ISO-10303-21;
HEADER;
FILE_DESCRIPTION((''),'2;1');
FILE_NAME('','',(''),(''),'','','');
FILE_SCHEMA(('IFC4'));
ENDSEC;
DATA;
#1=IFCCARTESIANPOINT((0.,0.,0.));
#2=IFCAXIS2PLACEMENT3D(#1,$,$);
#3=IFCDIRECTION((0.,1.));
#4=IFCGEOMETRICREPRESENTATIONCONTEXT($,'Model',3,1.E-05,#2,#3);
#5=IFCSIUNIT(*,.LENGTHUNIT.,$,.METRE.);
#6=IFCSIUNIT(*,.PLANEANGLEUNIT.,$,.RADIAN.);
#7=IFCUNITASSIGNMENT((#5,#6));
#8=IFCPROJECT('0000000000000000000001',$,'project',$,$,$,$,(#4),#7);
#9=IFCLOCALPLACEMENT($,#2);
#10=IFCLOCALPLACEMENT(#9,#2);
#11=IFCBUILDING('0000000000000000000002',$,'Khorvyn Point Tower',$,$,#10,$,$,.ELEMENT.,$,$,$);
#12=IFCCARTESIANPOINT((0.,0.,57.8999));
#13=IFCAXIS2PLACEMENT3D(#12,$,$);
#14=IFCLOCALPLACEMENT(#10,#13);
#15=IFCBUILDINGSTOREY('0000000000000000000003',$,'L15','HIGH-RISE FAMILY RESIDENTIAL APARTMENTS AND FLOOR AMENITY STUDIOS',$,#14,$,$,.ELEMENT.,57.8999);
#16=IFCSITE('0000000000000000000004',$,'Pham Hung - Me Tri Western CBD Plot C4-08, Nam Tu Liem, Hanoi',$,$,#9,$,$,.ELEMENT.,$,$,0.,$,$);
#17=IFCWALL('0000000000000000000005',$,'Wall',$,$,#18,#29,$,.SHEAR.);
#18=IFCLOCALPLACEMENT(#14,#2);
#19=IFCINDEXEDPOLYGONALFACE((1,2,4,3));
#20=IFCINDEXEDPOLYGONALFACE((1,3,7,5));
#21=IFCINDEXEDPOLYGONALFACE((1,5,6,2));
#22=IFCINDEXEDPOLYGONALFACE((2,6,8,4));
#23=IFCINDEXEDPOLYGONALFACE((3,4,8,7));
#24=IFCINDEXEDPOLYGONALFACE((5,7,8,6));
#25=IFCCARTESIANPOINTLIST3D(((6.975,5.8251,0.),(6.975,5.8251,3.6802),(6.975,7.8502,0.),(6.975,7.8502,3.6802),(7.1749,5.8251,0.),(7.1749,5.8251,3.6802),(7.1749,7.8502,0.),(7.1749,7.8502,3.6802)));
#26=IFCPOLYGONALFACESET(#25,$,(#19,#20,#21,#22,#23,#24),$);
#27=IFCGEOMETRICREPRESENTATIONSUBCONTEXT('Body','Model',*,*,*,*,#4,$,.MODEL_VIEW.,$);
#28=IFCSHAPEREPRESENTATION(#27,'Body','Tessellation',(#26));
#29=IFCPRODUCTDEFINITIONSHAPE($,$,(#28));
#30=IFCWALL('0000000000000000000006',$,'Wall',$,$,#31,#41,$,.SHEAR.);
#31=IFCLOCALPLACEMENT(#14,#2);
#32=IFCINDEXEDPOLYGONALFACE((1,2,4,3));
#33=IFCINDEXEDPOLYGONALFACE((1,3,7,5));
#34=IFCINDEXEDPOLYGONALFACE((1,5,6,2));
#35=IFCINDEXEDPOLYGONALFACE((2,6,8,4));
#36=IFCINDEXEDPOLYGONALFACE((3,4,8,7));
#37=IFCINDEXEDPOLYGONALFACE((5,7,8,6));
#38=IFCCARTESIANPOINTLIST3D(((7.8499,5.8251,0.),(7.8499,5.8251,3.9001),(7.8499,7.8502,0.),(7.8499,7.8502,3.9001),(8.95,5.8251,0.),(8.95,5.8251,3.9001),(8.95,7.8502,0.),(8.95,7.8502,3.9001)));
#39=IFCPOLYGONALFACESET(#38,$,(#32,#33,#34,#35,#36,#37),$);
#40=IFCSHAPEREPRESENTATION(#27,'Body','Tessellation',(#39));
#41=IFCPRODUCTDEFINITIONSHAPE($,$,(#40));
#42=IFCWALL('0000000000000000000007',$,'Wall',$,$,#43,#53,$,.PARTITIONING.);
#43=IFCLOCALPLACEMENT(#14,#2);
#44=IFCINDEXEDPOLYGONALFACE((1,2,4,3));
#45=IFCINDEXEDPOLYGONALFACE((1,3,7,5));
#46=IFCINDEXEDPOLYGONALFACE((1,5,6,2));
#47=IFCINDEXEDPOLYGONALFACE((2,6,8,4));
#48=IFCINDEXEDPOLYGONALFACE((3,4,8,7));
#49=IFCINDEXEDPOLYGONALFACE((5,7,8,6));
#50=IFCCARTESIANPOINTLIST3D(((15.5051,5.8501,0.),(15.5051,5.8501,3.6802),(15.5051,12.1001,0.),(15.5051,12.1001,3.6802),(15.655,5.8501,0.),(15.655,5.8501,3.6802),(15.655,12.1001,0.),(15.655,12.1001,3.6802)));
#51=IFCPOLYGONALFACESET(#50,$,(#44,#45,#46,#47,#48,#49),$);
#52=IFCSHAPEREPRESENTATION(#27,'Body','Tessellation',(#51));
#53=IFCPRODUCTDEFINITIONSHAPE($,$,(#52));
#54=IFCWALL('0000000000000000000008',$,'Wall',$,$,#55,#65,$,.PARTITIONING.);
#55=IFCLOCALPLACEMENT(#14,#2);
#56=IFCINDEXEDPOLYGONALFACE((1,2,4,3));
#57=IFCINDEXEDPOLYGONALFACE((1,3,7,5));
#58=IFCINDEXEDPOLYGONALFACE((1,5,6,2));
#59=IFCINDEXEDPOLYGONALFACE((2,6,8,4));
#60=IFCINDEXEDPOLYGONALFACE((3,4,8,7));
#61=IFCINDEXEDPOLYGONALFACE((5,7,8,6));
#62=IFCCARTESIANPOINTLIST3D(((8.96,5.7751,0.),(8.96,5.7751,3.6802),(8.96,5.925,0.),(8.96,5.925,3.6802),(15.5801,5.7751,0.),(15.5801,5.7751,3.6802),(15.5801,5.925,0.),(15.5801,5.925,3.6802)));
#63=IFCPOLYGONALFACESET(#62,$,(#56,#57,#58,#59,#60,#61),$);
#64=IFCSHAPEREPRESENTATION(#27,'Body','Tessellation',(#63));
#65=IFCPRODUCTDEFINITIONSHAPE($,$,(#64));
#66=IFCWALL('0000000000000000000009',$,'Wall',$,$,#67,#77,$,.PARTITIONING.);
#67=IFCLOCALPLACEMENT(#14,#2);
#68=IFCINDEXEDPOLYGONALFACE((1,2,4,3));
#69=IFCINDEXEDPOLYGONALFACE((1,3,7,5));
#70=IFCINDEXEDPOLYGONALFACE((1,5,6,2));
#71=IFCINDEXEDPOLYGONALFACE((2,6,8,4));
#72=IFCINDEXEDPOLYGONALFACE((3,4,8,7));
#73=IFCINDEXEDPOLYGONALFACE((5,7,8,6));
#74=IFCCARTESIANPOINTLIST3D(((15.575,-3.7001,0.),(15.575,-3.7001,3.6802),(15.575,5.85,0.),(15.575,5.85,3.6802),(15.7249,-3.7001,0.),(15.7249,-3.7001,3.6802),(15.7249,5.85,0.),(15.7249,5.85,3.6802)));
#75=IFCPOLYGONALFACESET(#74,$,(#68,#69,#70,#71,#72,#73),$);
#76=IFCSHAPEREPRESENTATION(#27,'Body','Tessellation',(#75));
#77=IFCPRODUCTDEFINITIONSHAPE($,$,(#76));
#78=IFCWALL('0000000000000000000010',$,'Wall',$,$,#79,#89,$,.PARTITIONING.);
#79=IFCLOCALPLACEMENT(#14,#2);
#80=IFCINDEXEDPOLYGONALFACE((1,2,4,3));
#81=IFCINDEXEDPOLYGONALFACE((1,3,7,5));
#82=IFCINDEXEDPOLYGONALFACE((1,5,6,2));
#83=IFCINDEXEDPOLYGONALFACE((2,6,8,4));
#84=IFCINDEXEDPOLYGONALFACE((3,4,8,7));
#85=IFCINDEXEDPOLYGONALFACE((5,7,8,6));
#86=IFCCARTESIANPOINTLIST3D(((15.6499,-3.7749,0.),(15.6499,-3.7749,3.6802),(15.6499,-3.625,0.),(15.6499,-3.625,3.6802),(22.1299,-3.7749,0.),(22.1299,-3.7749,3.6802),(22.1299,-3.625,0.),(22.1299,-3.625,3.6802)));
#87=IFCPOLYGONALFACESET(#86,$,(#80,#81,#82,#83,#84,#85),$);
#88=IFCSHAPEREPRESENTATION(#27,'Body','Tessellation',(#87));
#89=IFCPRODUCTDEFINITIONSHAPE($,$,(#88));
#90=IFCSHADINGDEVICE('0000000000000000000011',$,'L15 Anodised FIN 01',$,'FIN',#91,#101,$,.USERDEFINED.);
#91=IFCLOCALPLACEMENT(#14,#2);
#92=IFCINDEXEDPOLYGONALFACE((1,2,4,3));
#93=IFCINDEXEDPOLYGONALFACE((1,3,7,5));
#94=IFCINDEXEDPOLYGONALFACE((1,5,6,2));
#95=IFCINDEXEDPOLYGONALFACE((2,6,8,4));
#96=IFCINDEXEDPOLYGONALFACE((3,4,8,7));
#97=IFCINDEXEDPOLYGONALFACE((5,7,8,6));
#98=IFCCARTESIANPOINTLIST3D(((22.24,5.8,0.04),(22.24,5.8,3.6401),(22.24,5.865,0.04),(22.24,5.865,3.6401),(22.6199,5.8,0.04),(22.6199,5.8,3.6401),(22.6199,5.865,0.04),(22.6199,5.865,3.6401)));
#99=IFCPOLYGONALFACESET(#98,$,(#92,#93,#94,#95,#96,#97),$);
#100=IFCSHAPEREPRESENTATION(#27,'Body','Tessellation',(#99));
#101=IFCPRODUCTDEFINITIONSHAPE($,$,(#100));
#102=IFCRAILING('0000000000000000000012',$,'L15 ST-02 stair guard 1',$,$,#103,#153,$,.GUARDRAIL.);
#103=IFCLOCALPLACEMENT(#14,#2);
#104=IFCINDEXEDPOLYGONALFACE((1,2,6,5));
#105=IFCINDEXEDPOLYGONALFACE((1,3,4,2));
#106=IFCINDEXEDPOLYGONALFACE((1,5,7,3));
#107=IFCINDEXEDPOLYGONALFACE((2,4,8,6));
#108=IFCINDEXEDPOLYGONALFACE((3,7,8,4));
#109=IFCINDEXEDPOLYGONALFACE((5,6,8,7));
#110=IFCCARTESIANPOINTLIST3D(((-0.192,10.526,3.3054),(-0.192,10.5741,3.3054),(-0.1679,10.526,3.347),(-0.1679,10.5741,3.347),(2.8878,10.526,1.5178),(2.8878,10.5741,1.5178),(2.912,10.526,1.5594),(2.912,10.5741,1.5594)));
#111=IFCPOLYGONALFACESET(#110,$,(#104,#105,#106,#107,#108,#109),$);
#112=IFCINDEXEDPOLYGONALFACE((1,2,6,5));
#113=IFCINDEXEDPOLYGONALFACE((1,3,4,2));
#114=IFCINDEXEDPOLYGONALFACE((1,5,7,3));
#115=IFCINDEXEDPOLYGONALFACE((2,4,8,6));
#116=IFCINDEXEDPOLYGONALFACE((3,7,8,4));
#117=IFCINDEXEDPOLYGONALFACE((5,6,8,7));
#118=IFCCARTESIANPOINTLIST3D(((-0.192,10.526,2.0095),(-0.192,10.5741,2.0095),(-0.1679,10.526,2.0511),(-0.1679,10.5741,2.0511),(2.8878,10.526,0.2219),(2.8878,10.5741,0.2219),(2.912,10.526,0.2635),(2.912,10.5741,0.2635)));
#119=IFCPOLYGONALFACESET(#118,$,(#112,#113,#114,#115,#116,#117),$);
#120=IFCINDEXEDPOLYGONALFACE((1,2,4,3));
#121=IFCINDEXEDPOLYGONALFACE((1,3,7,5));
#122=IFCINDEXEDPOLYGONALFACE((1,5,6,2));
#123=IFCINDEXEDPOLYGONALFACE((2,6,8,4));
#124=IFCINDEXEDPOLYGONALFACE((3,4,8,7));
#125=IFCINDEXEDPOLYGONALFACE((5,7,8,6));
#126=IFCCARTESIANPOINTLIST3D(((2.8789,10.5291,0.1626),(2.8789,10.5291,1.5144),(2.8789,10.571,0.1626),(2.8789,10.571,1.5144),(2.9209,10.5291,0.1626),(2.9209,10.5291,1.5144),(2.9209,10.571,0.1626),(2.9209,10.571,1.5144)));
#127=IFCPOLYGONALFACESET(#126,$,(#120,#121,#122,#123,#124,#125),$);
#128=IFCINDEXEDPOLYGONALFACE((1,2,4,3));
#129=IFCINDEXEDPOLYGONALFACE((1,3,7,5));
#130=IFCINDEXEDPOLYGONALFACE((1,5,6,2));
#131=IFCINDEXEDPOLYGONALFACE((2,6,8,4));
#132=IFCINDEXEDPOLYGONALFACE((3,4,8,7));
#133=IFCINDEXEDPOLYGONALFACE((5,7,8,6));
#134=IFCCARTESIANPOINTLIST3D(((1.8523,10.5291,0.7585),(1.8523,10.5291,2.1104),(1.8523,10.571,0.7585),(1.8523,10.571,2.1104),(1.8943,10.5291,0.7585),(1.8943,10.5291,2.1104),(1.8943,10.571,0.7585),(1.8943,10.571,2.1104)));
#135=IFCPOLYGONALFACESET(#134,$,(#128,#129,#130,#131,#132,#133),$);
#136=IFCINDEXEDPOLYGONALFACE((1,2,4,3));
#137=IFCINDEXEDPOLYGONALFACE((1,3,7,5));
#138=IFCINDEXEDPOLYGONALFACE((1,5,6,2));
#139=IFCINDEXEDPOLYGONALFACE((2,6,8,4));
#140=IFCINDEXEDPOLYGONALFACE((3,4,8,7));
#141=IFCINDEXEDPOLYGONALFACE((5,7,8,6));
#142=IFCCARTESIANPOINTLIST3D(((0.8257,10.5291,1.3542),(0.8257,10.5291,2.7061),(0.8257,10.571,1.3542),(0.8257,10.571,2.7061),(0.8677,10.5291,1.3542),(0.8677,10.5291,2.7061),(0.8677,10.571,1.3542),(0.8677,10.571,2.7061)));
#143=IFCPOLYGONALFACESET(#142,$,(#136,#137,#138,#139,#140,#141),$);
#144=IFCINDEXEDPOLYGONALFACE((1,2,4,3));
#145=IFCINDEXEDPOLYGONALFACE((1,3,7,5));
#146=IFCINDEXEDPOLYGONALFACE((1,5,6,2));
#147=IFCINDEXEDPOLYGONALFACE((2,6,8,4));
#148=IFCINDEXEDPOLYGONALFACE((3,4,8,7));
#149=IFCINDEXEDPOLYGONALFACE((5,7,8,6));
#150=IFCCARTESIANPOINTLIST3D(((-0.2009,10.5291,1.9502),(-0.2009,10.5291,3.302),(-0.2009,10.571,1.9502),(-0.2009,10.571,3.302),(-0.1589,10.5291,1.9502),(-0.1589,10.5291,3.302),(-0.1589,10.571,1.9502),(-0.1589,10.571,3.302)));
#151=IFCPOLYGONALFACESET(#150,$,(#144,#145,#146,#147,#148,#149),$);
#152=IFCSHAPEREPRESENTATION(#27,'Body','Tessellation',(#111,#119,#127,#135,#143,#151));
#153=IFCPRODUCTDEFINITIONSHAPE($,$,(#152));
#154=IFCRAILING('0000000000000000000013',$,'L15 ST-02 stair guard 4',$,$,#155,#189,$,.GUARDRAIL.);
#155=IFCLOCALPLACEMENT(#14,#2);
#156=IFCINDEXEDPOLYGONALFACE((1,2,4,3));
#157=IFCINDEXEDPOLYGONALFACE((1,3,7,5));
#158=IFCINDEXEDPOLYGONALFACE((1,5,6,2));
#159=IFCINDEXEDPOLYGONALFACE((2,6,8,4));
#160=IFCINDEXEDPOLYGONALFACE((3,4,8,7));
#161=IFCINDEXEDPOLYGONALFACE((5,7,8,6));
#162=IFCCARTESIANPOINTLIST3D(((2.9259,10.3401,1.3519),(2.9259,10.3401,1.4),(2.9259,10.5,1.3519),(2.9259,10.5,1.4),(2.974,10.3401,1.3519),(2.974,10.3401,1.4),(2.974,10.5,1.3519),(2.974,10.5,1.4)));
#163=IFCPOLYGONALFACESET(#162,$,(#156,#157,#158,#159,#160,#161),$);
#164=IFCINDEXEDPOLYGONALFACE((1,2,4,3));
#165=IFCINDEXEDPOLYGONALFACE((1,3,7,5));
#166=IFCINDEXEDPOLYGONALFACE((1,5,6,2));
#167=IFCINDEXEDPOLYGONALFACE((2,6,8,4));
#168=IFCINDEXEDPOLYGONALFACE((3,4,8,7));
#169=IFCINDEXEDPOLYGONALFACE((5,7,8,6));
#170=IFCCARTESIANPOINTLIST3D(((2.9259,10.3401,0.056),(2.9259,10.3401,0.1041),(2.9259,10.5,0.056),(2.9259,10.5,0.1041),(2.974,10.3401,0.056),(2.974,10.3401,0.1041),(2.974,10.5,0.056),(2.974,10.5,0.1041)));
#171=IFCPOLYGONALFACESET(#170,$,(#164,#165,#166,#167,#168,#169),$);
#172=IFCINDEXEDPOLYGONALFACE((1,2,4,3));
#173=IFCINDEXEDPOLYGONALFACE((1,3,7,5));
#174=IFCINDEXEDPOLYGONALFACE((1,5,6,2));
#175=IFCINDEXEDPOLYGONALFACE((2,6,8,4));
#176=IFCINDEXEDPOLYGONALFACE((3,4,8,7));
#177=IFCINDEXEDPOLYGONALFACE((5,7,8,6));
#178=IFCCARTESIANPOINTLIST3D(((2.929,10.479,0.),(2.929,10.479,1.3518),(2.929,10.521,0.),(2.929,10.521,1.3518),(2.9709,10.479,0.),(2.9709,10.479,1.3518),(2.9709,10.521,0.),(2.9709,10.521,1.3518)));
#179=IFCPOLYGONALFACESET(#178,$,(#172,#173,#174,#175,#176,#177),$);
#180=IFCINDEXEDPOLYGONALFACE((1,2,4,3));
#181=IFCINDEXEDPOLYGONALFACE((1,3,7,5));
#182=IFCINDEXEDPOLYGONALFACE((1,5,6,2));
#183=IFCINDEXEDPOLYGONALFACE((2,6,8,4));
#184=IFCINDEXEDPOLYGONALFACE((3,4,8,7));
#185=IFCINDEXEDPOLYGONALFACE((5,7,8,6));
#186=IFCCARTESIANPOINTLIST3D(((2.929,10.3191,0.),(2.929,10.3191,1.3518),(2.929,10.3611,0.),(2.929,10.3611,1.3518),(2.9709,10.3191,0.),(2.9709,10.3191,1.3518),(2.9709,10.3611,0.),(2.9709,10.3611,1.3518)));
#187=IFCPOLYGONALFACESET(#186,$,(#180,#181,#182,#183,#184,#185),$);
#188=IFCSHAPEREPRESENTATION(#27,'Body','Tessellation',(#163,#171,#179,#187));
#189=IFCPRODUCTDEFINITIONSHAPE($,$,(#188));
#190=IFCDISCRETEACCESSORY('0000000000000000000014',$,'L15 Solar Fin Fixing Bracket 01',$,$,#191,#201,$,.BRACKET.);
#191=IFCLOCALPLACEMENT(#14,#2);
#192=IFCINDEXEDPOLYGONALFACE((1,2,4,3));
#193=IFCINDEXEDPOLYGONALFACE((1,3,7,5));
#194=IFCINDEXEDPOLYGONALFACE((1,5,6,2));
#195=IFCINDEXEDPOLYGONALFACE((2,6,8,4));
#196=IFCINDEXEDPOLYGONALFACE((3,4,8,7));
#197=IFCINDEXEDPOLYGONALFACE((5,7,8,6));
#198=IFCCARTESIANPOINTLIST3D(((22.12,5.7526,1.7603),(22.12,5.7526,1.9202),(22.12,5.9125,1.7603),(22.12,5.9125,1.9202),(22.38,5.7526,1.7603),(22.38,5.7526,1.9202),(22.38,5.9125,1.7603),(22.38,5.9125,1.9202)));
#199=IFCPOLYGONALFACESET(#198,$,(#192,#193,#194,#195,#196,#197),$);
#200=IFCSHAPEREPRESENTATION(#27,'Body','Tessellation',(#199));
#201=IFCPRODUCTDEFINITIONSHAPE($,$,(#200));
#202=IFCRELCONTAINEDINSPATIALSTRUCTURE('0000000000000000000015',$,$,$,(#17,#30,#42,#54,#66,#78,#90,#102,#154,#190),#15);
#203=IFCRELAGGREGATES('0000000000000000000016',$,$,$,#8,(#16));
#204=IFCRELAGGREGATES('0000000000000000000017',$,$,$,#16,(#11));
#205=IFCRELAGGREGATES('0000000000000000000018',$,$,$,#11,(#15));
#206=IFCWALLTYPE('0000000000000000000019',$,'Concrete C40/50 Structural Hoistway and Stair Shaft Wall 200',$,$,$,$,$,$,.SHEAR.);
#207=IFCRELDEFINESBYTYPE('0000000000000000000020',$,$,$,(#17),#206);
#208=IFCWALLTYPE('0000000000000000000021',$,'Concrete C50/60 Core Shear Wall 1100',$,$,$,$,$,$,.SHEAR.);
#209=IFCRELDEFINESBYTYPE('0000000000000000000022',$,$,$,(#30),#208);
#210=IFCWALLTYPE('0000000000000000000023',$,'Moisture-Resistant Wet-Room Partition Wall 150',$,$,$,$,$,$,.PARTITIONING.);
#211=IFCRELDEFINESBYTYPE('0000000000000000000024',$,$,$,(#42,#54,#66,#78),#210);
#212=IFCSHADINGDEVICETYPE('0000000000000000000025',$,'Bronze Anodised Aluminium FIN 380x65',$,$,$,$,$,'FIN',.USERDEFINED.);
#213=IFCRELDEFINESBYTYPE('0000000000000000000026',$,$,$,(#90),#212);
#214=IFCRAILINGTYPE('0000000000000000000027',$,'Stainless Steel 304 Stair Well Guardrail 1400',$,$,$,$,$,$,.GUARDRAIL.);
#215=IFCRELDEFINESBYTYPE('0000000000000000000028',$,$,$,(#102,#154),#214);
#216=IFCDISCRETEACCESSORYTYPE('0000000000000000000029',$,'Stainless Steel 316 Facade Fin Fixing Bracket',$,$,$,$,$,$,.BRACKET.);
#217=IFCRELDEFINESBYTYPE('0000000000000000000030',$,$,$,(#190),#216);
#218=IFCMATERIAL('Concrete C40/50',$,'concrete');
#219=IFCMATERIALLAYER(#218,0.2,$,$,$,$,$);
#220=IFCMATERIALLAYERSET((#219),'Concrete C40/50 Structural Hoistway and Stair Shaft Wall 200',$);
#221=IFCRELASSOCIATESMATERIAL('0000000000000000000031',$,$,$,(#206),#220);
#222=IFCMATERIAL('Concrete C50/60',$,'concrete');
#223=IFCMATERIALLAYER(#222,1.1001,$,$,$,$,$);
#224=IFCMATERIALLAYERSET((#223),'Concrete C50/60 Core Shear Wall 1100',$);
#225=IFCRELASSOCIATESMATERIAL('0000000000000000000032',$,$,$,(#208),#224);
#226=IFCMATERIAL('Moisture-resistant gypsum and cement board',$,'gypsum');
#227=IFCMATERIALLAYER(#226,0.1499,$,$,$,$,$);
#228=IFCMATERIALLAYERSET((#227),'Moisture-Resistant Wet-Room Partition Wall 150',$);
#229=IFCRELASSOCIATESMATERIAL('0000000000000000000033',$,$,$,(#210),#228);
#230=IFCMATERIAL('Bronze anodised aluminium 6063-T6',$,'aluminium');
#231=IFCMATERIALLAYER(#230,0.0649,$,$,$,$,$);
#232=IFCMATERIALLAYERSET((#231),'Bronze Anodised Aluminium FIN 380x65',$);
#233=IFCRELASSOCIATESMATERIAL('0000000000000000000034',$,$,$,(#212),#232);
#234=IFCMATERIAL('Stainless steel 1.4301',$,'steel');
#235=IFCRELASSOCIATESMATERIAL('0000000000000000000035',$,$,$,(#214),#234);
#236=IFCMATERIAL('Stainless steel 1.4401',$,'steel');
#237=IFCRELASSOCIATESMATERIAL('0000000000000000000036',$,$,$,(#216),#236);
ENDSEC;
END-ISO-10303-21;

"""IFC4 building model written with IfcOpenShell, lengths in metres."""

from ifc_helpers import new_model, si_unit, direction, frame, frame_2d, origin, origin_2d, place, context, subcontext, project, spatial, rectangle, extrude, material, layer, layer_set, type_object, element, save


model = new_model("IFC4")

# Units and contexts
model_context = context("Model", 3, precision=1e-05, world=origin(), true_north=direction((0.0, 1.0)))
body_context = subcontext(model_context, "Body", "Model", "MODEL_VIEW")
ifc_project = project(units=[si_unit("LENGTHUNIT", "METRE"), si_unit("PLANEANGLEUNIT", "RADIAN")], contexts=[model_context])

# Site, building, storey
site_placement = place(None, origin())
site = spatial("IfcSite", under=ifc_project, at=site_placement, Name="Pham Hung - Me Tri Western CBD Plot C4-08, Nam Tu Liem, Hanoi", CompositionType="ELEMENT", RefElevation=0.0)
building_placement = place(site_placement, origin())
building = spatial("IfcBuilding", under=site, at=building_placement, Name="Khorvyn Point Tower", CompositionType="ELEMENT")
storey_placement = place(building_placement, frame((0.0, 0.0, 57.8999)))
storey = spatial("IfcBuildingStorey", under=building, at=storey_placement, Name="L15", Description="HIGH-RISE FAMILY RESIDENTIAL APARTMENTS AND FLOOR AMENITY STUDIOS", CompositionType="ELEMENT", Elevation=57.8999)

# Shared definitions
ifc_material_1 = material(Name="Concrete C50/60", Category="concrete")

# Shared definitions
ifc_material_2 = material(Name="Concrete C40/50", Category="concrete")

# Shared definitions
ifc_layer_1 = layer(ifc_material_2, 0.2)
ifc_layer_set_1 = layer_set([ifc_layer_1], Name="Concrete C40/50 Structural Hoistway and Stair Shaft Wall 200")
wall_type_1 = type_object("IfcWallType", Name="Concrete C40/50 Structural Hoistway and Stair Shaft Wall 200", PredefinedType="SHEAR", material=ifc_layer_set_1)
ifc_material_3 = material(Name="Stainless steel 1.4301", Category="steel")

# Walls
wall_1_placement = place(storey_placement, frame((7.075, 5.825, 0.0), z_axis=(0.0, 0.0, 1.0), x_axis=(0.0, 1.0, 0.0)))
element("IfcWall", 1, at=wall_1_placement, inside=storey, type_object=wall_type_1, Name="Wall", PredefinedType="SHEAR", context=body_context, shape_type="SweptSolid", body=[
    extrude(rectangle(XDim=2.0251, YDim=0.2, at=frame_2d((1.0127, 0.0))), origin(), (0.0, 0.0, 1.0), 3.6802),
])
ifc_layer_2 = layer(ifc_material_1, 1.1001)
ifc_layer_set_2 = layer_set([ifc_layer_2], Name="Concrete C50/60 Core Shear Wall 1100")
wall_type_2 = type_object("IfcWallType", Name="Concrete C50/60 Core Shear Wall 1100", PredefinedType="SHEAR", material=ifc_layer_set_2)
wall_2_placement = place(storey_placement, frame((8.3999, 5.825, 0.0), z_axis=(0.0, 0.0, 1.0), x_axis=(0.0, 1.0, 0.0)))
element("IfcWall", 2, at=wall_2_placement, inside=storey, type_object=wall_type_2, Name="Wall", PredefinedType="SHEAR", context=body_context, shape_type="SweptSolid", body=[
    extrude(rectangle(XDim=2.0251, YDim=1.1001, at=frame_2d((1.0127, 0.0))), origin(), (0.0, 0.0, 1.0), 3.9001),
])
ifc_material_4 = material(Name="Moisture-resistant gypsum and cement board", Category="gypsum")
ifc_layer_3 = layer(ifc_material_4, 0.1499)
ifc_layer_set_3 = layer_set([ifc_layer_3], Name="Moisture-Resistant Wet-Room Partition Wall 150")
wall_type_3 = type_object("IfcWallType", Name="Moisture-Resistant Wet-Room Partition Wall 150", PredefinedType="PARTITIONING", material=ifc_layer_set_3)
wall_3_placement = place(storey_placement, frame((15.5801, 5.8501, 0.0), z_axis=(0.0, 0.0, 1.0), x_axis=(0.0, 1.0, 0.0)))
element("IfcWall", 3, at=wall_3_placement, inside=storey, type_object=wall_type_3, Name="Wall", PredefinedType="PARTITIONING", context=body_context, shape_type="SweptSolid", body=[
    extrude(rectangle(XDim=6.25, YDim=0.1499, at=frame_2d((3.125, 0.0))), origin(), (0.0, 0.0, 1.0), 3.6802),
])
wall_4_placement = place(storey_placement, frame((8.96, 5.8501, 0.0), z_axis=(0.0, 0.0, 1.0), x_axis=(1.0, 0.0, 0.0)))
element("IfcWall", 4, at=wall_4_placement, inside=storey, type_object=wall_type_3, Name="Wall", PredefinedType="PARTITIONING", context=body_context, shape_type="SweptSolid", body=[
    extrude(rectangle(XDim=6.6201, YDim=0.1499, at=frame_2d((3.3101, 0.0))), origin(), (0.0, 0.0, 1.0), 3.6802),
])
wall_5_placement = place(storey_placement, frame((15.6499, -3.7, 0.0), z_axis=(0.0, 0.0, 1.0), x_axis=(0.0, 1.0, 0.0)))
element("IfcWall", 5, at=wall_5_placement, inside=storey, type_object=wall_type_3, Name="Wall", PredefinedType="PARTITIONING", context=body_context, shape_type="SweptSolid", body=[
    extrude(rectangle(XDim=9.55, YDim=0.1499, at=frame_2d((4.7749, 0.0))), origin(), (0.0, 0.0, 1.0), 3.6802),
])
wall_6_placement = place(storey_placement, frame((15.6499, -3.7, 0.0), z_axis=(0.0, 0.0, 1.0), x_axis=(1.0, 0.0, 0.0)))
element("IfcWall", 6, at=wall_6_placement, inside=storey, type_object=wall_type_3, Name="Wall", PredefinedType="PARTITIONING", context=body_context, shape_type="SweptSolid", body=[
    extrude(rectangle(XDim=6.48, YDim=0.1499, at=frame_2d((3.24, 0.0))), origin(), (0.0, 0.0, 1.0), 3.6802),
])

# Shading device
ifc_material_5 = material(Name="Bronze anodised aluminium 6063-T6", Category="aluminium")
ifc_layer_4 = layer(ifc_material_5, 0.0649)
ifc_layer_set_4 = layer_set([ifc_layer_4], Name="Bronze Anodised Aluminium FIN 380x65")
shading_device_type = type_object("IfcShadingDeviceType", Name="Bronze Anodised Aluminium FIN 380x65", ElementType="FIN", PredefinedType="USERDEFINED", material=ifc_layer_set_4)
shading_device_placement = place(storey_placement, frame((22.4299, 5.8325, 0.04), z_axis=(0.0, 0.0, 1.0), x_axis=(1.0, 0.0, 0.0)))
element("IfcShadingDevice", 7, at=shading_device_placement, inside=storey, type_object=shading_device_type, Name="L15 Anodised FIN 01", ObjectType="FIN", PredefinedType="USERDEFINED", context=body_context, shape_type="SweptSolid", body=[
    extrude(rectangle(XDim=0.3799, YDim=0.0649, at=origin_2d()), origin(), (0.0, 0.0, 1.0), 3.6001),
])

# Railings
railing_type = type_object("IfcRailingType", Name="Stainless Steel 304 Stair Well Guardrail 1400", PredefinedType="GUARDRAIL", material=ifc_material_3)
railing_1_placement = place(storey_placement, frame((2.8999, 10.55, 0.1626)))
element("IfcRailing", 8, at=railing_1_placement, inside=storey, type_object=railing_type, Name="L15 ST-02 stair guard 1", PredefinedType="GUARDRAIL", context=body_context, shape_type="SweptSolid", body=[
    extrude(rectangle(XDim=0.0481, YDim=0.0481, at=origin_2d()), frame((0.0, 0.0, 1.376), z_axis=(-0.864873, 0.0, 0.50199), x_axis=(0.0, -1.0, 0.0)), (0.0, 0.0, 1.0), 3.561),
    extrude(rectangle(XDim=0.0481, YDim=0.0481, at=origin_2d()), frame((0.0, 0.0, 0.0801), z_axis=(-0.864873, 0.0, 0.50199), x_axis=(0.0, -1.0, 0.0)), (0.0, 0.0, 1.0), 3.561),
    extrude(rectangle(XDim=0.042, YDim=0.042, at=origin_2d()), origin(), (0.0, 0.0, 1.0), 1.3518),
    extrude(rectangle(XDim=0.042, YDim=0.042, at=origin_2d()), frame((-1.0266, 0.0, 0.5959)), (0.0, 0.0, 1.0), 1.3518),
    extrude(rectangle(XDim=0.042, YDim=0.042, at=origin_2d()), frame((-2.0532, 0.0, 1.1917)), (0.0, 0.0, 1.0), 1.3518),
    extrude(rectangle(XDim=0.042, YDim=0.042, at=origin_2d()), frame((-3.0798, 0.0, 1.7876)), (0.0, 0.0, 1.0), 1.3518),
])
railing_2_placement = place(storey_placement, frame((2.95, 10.5, 0.0)))
element("IfcRailing", 9, at=railing_2_placement, inside=storey, type_object=railing_type, Name="L15 ST-02 stair guard 4", PredefinedType="GUARDRAIL", context=body_context, shape_type="SweptSolid", body=[
    extrude(rectangle(XDim=0.0481, YDim=0.0481, at=origin_2d()), frame((0.0, 0.0, 1.376), z_axis=(0.0, -1.0, 0.0), x_axis=(1.0, 0.0, 0.0)), (0.0, 0.0, 1.0), 0.1599),
    extrude(rectangle(XDim=0.0481, YDim=0.0481, at=origin_2d()), frame((0.0, 0.0, 0.0801), z_axis=(0.0, -1.0, 0.0), x_axis=(1.0, 0.0, 0.0)), (0.0, 0.0, 1.0), 0.1599),
    extrude(rectangle(XDim=0.042, YDim=0.042, at=origin_2d()), origin(), (0.0, 0.0, 1.0), 1.3518),
    extrude(rectangle(XDim=0.042, YDim=0.042, at=origin_2d()), frame((0.0, -0.1599, 0.0)), (0.0, 0.0, 1.0), 1.3518),
])

# Discrete accessory
ifc_material_6 = material(Name="Stainless steel 1.4401", Category="steel")
discrete_accessory_type = type_object("IfcDiscreteAccessoryType", Name="Stainless Steel 316 Facade Fin Fixing Bracket", PredefinedType="BRACKET", material=ifc_material_6)
discrete_accessory_placement = place(storey_placement, frame((22.25, 5.8325, 1.7603), z_axis=(0.0, 0.0, 1.0), x_axis=(0.0, -1.0, 0.0)))
element("IfcDiscreteAccessory", 10, at=discrete_accessory_placement, inside=storey, type_object=discrete_accessory_type, Name="L15 Solar Fin Fixing Bracket 01", PredefinedType="BRACKET", context=body_context, shape_type="SweptSolid", body=[
    extrude(rectangle(XDim=0.1599, YDim=0.26, at=origin_2d()), origin(), (0.0, 0.0, 1.0), 0.1599),
])

save(model, "model.ifc")
